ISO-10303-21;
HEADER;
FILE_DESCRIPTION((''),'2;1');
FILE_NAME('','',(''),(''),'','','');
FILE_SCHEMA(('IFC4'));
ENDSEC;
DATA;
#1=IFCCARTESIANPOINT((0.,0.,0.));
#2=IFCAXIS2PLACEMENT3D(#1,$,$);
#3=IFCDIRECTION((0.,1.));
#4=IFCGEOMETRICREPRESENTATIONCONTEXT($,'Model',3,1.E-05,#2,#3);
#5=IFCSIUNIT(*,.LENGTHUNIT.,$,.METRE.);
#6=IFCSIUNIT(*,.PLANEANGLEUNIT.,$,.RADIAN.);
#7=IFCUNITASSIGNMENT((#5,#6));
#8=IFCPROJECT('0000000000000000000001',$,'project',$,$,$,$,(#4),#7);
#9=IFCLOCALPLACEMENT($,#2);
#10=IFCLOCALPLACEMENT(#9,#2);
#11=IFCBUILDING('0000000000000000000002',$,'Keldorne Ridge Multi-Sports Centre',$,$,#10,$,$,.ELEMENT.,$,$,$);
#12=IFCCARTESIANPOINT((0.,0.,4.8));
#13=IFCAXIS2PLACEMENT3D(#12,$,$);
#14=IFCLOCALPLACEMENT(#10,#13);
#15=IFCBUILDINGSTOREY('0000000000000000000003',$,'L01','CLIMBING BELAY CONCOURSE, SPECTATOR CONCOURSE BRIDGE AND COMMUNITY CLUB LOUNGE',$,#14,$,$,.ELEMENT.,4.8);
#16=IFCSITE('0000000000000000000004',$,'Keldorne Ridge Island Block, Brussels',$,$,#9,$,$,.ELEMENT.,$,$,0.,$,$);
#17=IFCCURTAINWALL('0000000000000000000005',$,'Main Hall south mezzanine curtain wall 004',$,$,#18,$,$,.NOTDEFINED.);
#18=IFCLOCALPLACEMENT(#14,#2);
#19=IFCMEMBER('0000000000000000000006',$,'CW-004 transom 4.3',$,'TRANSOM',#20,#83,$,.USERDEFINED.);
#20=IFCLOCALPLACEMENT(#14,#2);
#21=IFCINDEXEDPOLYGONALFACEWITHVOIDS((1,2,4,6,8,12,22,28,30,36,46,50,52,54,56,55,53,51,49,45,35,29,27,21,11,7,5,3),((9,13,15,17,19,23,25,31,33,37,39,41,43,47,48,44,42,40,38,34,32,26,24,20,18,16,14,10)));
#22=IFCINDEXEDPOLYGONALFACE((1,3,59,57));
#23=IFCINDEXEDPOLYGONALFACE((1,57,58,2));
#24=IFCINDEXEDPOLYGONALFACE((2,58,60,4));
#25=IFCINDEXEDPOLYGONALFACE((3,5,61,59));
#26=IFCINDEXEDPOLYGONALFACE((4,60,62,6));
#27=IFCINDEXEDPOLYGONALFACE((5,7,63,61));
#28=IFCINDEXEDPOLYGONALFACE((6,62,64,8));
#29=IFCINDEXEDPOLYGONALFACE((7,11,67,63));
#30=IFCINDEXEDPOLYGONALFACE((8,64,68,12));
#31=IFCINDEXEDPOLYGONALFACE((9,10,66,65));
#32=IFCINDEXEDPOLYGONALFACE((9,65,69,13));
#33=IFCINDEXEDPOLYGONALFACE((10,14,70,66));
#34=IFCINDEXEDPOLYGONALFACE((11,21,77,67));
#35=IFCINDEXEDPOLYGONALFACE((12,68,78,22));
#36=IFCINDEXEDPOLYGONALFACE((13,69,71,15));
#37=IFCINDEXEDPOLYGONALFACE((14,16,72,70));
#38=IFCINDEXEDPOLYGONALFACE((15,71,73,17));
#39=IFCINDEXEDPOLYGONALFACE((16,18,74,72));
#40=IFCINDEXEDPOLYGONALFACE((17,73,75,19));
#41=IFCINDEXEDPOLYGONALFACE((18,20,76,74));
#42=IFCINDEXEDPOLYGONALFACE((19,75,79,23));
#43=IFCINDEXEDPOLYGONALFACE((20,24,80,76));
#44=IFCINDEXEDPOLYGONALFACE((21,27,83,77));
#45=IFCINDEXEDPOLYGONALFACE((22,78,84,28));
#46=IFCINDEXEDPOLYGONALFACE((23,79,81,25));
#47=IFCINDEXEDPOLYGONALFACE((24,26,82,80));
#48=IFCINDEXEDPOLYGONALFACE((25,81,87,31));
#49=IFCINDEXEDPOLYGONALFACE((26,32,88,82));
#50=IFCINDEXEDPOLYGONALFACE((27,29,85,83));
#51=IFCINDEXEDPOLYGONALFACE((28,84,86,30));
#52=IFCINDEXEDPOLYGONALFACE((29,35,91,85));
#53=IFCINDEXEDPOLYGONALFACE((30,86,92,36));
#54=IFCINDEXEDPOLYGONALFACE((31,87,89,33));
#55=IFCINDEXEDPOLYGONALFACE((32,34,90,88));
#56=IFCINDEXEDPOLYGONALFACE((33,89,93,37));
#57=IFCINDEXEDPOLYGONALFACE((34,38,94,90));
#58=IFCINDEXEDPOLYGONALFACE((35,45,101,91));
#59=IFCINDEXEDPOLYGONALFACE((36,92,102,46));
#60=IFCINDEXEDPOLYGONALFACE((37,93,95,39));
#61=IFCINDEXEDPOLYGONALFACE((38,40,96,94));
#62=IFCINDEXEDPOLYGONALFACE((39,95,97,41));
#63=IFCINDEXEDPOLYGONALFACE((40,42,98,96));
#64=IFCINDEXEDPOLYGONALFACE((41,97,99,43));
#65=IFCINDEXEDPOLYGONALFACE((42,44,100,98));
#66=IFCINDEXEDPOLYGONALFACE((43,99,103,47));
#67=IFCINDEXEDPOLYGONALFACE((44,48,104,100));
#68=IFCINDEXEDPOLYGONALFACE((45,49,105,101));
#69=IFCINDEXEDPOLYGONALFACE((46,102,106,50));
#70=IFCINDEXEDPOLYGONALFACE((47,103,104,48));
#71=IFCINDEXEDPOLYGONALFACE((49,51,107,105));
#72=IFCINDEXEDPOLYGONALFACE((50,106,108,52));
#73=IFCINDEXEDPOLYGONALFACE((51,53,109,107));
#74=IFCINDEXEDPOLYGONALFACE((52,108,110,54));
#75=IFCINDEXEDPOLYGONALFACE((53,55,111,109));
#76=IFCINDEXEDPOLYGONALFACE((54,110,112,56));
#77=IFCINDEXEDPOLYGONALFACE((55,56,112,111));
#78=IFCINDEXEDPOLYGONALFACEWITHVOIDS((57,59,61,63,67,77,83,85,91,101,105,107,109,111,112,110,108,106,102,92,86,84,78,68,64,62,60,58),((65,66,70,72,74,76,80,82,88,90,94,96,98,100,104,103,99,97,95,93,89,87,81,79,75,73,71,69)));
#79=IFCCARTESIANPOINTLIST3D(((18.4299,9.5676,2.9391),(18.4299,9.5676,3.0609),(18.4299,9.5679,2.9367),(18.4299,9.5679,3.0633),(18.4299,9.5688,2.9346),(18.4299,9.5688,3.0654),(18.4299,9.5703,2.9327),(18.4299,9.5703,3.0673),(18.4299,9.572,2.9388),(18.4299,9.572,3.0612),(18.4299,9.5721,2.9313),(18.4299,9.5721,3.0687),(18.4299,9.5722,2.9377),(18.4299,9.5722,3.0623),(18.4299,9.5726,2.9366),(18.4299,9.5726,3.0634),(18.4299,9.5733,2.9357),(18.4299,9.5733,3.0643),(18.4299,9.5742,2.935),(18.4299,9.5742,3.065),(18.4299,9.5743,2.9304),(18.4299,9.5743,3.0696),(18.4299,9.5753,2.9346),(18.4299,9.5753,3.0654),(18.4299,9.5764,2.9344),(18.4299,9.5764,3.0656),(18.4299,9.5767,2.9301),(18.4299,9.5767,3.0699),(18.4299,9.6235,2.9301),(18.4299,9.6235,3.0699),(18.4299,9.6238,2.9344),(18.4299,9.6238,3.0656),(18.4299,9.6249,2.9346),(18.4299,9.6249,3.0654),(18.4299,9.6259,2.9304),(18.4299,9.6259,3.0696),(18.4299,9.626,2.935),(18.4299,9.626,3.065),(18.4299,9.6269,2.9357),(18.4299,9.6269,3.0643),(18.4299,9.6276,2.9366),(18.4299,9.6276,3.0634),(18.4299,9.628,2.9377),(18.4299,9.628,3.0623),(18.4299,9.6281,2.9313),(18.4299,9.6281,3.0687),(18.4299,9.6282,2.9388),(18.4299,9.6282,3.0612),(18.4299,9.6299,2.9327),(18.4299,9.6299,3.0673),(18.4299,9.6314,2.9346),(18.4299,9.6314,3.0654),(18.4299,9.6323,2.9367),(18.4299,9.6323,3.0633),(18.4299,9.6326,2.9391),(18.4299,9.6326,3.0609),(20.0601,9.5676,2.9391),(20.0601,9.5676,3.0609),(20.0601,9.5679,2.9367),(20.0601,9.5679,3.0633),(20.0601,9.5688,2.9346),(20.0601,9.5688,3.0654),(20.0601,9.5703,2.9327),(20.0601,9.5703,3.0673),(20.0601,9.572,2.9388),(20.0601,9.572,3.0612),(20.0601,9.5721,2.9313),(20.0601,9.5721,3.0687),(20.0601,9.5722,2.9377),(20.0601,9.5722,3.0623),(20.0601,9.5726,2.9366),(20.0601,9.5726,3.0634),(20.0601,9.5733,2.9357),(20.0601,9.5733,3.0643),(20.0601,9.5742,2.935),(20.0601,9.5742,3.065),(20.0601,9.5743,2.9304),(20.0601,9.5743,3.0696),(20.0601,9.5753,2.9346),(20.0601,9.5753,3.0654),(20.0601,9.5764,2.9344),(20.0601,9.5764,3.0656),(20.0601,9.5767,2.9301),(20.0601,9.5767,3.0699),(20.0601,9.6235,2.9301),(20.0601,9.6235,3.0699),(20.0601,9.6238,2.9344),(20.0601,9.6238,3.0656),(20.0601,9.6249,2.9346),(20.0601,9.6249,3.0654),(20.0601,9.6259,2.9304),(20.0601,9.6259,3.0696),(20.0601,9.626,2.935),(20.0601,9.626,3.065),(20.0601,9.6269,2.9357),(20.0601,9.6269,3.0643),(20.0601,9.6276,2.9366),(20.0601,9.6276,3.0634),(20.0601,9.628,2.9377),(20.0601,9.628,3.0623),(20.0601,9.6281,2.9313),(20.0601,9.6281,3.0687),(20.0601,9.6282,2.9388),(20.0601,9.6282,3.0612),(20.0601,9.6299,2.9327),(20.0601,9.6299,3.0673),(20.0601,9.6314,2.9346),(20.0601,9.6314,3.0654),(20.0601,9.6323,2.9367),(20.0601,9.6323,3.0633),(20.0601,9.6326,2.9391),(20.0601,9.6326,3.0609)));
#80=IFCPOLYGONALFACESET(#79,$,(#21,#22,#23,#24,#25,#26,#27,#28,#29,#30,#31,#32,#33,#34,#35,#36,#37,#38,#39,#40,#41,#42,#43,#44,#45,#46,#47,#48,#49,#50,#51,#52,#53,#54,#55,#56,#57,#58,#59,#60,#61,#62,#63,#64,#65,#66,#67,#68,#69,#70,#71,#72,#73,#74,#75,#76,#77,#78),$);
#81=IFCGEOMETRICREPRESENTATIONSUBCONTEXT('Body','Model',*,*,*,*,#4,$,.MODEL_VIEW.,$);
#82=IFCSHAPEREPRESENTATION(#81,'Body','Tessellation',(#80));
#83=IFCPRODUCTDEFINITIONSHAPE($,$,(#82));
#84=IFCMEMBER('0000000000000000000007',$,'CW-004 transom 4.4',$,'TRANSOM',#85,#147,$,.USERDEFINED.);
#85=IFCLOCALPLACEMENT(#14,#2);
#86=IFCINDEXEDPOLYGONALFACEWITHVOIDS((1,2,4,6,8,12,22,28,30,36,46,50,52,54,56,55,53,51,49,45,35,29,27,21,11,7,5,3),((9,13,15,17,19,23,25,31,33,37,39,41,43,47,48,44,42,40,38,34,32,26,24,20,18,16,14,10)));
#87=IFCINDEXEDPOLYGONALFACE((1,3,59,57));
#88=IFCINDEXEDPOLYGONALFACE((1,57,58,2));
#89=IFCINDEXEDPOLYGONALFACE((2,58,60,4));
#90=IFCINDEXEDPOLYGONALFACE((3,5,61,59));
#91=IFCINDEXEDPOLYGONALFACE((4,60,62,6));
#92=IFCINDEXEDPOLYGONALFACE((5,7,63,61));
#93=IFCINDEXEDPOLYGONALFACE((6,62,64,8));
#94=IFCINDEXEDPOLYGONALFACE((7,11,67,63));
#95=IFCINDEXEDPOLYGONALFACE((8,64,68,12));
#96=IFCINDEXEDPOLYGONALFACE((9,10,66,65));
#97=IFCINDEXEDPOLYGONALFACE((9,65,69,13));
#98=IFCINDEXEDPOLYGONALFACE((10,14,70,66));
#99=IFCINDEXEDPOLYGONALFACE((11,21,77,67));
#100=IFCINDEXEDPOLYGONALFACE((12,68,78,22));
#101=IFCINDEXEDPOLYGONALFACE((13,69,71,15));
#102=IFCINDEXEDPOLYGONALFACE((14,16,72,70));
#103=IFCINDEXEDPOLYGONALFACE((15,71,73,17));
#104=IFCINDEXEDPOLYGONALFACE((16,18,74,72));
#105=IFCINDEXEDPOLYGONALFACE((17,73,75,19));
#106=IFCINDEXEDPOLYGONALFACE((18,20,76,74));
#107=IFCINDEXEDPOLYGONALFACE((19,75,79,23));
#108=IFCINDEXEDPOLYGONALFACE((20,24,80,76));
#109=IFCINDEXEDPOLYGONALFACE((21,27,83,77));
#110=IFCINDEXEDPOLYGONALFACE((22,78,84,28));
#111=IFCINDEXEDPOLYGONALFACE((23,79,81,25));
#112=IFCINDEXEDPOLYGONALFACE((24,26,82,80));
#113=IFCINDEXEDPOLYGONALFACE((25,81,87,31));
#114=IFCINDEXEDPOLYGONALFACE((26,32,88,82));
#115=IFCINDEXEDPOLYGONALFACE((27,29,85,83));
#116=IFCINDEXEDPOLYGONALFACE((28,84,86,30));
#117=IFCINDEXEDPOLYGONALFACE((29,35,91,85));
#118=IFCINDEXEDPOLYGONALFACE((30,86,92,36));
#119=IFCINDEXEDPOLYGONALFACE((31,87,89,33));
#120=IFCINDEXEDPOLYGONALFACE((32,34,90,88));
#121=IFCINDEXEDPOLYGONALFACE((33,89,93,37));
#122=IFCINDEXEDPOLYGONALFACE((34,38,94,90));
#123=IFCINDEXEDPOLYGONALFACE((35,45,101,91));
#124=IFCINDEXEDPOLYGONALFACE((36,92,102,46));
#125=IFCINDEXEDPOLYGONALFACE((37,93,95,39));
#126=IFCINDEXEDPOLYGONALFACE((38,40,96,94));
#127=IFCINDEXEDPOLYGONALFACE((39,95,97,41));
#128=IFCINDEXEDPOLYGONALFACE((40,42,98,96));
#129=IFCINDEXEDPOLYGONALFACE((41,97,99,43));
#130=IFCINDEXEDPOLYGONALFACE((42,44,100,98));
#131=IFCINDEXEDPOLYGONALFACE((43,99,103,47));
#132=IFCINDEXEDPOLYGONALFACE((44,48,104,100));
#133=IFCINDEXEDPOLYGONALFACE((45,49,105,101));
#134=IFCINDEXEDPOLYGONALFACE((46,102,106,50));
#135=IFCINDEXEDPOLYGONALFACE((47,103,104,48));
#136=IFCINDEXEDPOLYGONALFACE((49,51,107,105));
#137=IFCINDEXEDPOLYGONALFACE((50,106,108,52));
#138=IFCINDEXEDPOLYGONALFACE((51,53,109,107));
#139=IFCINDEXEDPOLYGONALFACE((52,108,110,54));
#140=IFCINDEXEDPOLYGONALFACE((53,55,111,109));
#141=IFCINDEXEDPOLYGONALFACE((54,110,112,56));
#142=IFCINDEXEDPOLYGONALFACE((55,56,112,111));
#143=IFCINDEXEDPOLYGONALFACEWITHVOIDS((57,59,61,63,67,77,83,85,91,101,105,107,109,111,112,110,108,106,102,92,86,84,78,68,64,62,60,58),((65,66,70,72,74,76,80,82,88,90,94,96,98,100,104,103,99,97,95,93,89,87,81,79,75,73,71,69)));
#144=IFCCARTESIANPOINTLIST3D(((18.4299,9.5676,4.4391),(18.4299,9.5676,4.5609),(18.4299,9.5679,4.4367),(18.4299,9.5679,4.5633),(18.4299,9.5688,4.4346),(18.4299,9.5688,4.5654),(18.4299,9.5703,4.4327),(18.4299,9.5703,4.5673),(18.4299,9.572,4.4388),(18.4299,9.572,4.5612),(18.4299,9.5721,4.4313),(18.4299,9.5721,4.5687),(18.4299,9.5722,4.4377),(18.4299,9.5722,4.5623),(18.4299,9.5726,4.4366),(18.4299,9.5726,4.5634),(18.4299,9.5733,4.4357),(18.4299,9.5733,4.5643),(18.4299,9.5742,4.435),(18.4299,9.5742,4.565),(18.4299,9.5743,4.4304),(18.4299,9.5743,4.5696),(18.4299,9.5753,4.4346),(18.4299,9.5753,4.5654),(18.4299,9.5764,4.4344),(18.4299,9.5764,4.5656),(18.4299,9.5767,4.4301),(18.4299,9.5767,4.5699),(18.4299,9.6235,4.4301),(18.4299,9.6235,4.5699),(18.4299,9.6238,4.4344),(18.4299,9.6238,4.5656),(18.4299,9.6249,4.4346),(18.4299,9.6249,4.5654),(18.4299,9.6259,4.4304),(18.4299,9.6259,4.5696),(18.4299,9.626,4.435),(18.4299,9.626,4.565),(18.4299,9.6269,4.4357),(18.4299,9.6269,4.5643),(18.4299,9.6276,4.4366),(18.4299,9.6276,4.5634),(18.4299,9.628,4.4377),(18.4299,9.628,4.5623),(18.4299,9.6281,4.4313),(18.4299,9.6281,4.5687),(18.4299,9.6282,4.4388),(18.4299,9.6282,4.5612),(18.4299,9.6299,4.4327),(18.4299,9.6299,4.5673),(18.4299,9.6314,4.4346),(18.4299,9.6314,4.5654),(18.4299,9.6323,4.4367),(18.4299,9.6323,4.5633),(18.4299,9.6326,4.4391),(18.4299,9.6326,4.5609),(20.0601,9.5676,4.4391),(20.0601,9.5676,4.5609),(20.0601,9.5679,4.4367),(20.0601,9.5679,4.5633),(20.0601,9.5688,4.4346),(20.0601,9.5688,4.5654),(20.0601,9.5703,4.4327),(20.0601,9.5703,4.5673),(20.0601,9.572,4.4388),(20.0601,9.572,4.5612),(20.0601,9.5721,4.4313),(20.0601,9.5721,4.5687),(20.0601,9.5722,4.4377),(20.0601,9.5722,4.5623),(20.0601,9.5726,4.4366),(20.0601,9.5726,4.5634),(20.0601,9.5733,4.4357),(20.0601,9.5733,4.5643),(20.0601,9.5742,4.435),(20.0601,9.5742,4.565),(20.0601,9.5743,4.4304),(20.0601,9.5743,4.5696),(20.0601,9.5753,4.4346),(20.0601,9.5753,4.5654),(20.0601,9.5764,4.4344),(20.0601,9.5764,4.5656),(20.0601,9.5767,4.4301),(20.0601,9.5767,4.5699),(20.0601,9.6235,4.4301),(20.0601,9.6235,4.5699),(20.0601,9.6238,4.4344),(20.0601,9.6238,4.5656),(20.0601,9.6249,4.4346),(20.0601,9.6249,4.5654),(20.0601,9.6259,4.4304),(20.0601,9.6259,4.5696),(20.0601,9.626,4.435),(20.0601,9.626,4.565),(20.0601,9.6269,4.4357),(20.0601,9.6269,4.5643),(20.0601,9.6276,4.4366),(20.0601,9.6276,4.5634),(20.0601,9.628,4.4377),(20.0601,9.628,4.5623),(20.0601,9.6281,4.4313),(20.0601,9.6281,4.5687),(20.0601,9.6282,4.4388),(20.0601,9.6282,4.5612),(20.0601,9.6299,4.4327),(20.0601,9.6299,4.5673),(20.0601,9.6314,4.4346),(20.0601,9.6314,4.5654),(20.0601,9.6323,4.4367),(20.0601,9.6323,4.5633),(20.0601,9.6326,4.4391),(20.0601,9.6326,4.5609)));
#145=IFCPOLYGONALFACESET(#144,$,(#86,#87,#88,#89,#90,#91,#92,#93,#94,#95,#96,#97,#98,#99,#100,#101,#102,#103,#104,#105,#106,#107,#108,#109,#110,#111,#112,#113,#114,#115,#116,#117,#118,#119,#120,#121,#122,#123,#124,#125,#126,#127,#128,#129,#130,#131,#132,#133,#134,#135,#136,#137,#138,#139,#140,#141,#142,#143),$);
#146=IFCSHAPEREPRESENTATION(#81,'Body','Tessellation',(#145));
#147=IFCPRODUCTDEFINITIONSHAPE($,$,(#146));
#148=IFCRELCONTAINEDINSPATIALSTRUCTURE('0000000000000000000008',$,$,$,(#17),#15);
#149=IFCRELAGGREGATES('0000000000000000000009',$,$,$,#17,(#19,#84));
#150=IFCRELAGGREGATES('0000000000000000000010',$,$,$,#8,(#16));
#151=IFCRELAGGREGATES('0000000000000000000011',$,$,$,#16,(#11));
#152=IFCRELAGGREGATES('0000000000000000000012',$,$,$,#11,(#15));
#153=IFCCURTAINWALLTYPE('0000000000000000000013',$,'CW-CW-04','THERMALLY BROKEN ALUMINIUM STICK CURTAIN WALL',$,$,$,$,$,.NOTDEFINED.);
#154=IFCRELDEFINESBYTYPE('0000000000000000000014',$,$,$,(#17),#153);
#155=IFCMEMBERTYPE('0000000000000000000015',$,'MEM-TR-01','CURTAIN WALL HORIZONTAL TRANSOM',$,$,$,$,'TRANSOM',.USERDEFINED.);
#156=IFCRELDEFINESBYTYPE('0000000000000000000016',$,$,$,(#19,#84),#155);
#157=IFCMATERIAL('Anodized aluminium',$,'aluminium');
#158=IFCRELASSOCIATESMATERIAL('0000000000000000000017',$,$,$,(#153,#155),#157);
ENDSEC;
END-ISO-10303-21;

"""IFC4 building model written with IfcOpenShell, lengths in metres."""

from ifc_helpers import new_model, si_unit, direction, frame, origin, origin_2d, place, context, subcontext, project, spatial, hollow_rectangle, extrude, material, material_profile, profile_set, type_object, element, aggregate, save


model = new_model("IFC4")

# Units and contexts
model_context = context("Model", 3, precision=1e-05, world=origin(), true_north=direction((0.0, 1.0)))
body_context = subcontext(model_context, "Body", "Model", "MODEL_VIEW")
ifc_project = project(units=[si_unit("LENGTHUNIT", "METRE"), si_unit("PLANEANGLEUNIT", "RADIAN")], contexts=[model_context])

# Site, building, storey
site_placement = place(None, origin())
site = spatial("IfcSite", under=ifc_project, at=site_placement, Name="Keldorne Ridge Island Block, Brussels", CompositionType="ELEMENT", RefElevation=0.0)
building_placement = place(site_placement, origin())
building = spatial("IfcBuilding", under=site, at=building_placement, Name="Keldorne Ridge Multi-Sports Centre", CompositionType="ELEMENT")
storey_placement = place(building_placement, frame((0.0, 0.0, 4.8)))
storey = spatial("IfcBuildingStorey", under=building, at=storey_placement, Name="L01", Description="CLIMBING BELAY CONCOURSE, SPECTATOR CONCOURSE BRIDGE AND COMMUNITY CLUB LOUNGE", CompositionType="ELEMENT", Elevation=4.8)

# Curtain wall, members
ifc_material_1 = material(Name="Anodized aluminium", Category="aluminium")
curtain_wall_type_1 = type_object("IfcCurtainWallType", Name="CW-CW-04", Description="THERMALLY BROKEN ALUMINIUM STICK CURTAIN WALL", PredefinedType="NOTDEFINED", material=ifc_material_1)
curtain_wall_1_placement = place(storey_placement, origin())
curtain_wall_1 = element("IfcCurtainWall", 1, at=curtain_wall_1_placement, inside=storey, type_object=curtain_wall_type_1, Name="Main Hall south mezzanine curtain wall 004", PredefinedType="NOTDEFINED")
ifc_material_profile_1 = material_profile(ifc_material_1, hollow_rectangle(XDim=0.0649, YDim=0.1399, WallThickness=0.0044, InnerFilletRadius=0.0044, OuterFilletRadius=0.009, at=origin_2d()), Name="ALU TRANSOM 140x65x4.5")
ifc_profile_set_1 = profile_set([ifc_material_profile_1], Name="Anodized aluminium")
member_type = type_object("IfcMemberType", Name="MEM-TR-01", Description="CURTAIN WALL HORIZONTAL TRANSOM", ElementType="TRANSOM", PredefinedType="USERDEFINED", material=ifc_profile_set_1)
member_1_placement = place(storey_placement, frame((18.4299, 9.6001, 3.0), z_axis=(1.0, 0.0, 0.0), x_axis=(0.0, 1.0, 0.0)))
member_1 = element("IfcMember", 2, at=member_1_placement, type_object=member_type, Name="CW-004 transom 4.3", ObjectType="TRANSOM", PredefinedType="USERDEFINED", context=body_context, shape_type="SweptSolid", body=[
    extrude(hollow_rectangle(XDim=0.0649, YDim=0.1399, WallThickness=0.0044, InnerFilletRadius=0.0044, OuterFilletRadius=0.009, at=origin_2d()), origin(), (0.0, 0.0, 1.0), 1.6301),
])
member_2_placement = place(storey_placement, frame((18.4299, 9.6001, 4.5), z_axis=(1.0, 0.0, 0.0), x_axis=(0.0, 1.0, 0.0)))
member_2 = element("IfcMember", 3, at=member_2_placement, type_object=member_type, Name="CW-004 transom 4.4", ObjectType="TRANSOM", PredefinedType="USERDEFINED", context=body_context, shape_type="SweptSolid", body=[
    extrude(hollow_rectangle(XDim=0.0649, YDim=0.1399, WallThickness=0.0044, InnerFilletRadius=0.0044, OuterFilletRadius=0.009, at=origin_2d()), origin(), (0.0, 0.0, 1.0), 1.6301),
])

aggregate(curtain_wall_1, [member_1, member_2])

save(model, "model.ifc")
